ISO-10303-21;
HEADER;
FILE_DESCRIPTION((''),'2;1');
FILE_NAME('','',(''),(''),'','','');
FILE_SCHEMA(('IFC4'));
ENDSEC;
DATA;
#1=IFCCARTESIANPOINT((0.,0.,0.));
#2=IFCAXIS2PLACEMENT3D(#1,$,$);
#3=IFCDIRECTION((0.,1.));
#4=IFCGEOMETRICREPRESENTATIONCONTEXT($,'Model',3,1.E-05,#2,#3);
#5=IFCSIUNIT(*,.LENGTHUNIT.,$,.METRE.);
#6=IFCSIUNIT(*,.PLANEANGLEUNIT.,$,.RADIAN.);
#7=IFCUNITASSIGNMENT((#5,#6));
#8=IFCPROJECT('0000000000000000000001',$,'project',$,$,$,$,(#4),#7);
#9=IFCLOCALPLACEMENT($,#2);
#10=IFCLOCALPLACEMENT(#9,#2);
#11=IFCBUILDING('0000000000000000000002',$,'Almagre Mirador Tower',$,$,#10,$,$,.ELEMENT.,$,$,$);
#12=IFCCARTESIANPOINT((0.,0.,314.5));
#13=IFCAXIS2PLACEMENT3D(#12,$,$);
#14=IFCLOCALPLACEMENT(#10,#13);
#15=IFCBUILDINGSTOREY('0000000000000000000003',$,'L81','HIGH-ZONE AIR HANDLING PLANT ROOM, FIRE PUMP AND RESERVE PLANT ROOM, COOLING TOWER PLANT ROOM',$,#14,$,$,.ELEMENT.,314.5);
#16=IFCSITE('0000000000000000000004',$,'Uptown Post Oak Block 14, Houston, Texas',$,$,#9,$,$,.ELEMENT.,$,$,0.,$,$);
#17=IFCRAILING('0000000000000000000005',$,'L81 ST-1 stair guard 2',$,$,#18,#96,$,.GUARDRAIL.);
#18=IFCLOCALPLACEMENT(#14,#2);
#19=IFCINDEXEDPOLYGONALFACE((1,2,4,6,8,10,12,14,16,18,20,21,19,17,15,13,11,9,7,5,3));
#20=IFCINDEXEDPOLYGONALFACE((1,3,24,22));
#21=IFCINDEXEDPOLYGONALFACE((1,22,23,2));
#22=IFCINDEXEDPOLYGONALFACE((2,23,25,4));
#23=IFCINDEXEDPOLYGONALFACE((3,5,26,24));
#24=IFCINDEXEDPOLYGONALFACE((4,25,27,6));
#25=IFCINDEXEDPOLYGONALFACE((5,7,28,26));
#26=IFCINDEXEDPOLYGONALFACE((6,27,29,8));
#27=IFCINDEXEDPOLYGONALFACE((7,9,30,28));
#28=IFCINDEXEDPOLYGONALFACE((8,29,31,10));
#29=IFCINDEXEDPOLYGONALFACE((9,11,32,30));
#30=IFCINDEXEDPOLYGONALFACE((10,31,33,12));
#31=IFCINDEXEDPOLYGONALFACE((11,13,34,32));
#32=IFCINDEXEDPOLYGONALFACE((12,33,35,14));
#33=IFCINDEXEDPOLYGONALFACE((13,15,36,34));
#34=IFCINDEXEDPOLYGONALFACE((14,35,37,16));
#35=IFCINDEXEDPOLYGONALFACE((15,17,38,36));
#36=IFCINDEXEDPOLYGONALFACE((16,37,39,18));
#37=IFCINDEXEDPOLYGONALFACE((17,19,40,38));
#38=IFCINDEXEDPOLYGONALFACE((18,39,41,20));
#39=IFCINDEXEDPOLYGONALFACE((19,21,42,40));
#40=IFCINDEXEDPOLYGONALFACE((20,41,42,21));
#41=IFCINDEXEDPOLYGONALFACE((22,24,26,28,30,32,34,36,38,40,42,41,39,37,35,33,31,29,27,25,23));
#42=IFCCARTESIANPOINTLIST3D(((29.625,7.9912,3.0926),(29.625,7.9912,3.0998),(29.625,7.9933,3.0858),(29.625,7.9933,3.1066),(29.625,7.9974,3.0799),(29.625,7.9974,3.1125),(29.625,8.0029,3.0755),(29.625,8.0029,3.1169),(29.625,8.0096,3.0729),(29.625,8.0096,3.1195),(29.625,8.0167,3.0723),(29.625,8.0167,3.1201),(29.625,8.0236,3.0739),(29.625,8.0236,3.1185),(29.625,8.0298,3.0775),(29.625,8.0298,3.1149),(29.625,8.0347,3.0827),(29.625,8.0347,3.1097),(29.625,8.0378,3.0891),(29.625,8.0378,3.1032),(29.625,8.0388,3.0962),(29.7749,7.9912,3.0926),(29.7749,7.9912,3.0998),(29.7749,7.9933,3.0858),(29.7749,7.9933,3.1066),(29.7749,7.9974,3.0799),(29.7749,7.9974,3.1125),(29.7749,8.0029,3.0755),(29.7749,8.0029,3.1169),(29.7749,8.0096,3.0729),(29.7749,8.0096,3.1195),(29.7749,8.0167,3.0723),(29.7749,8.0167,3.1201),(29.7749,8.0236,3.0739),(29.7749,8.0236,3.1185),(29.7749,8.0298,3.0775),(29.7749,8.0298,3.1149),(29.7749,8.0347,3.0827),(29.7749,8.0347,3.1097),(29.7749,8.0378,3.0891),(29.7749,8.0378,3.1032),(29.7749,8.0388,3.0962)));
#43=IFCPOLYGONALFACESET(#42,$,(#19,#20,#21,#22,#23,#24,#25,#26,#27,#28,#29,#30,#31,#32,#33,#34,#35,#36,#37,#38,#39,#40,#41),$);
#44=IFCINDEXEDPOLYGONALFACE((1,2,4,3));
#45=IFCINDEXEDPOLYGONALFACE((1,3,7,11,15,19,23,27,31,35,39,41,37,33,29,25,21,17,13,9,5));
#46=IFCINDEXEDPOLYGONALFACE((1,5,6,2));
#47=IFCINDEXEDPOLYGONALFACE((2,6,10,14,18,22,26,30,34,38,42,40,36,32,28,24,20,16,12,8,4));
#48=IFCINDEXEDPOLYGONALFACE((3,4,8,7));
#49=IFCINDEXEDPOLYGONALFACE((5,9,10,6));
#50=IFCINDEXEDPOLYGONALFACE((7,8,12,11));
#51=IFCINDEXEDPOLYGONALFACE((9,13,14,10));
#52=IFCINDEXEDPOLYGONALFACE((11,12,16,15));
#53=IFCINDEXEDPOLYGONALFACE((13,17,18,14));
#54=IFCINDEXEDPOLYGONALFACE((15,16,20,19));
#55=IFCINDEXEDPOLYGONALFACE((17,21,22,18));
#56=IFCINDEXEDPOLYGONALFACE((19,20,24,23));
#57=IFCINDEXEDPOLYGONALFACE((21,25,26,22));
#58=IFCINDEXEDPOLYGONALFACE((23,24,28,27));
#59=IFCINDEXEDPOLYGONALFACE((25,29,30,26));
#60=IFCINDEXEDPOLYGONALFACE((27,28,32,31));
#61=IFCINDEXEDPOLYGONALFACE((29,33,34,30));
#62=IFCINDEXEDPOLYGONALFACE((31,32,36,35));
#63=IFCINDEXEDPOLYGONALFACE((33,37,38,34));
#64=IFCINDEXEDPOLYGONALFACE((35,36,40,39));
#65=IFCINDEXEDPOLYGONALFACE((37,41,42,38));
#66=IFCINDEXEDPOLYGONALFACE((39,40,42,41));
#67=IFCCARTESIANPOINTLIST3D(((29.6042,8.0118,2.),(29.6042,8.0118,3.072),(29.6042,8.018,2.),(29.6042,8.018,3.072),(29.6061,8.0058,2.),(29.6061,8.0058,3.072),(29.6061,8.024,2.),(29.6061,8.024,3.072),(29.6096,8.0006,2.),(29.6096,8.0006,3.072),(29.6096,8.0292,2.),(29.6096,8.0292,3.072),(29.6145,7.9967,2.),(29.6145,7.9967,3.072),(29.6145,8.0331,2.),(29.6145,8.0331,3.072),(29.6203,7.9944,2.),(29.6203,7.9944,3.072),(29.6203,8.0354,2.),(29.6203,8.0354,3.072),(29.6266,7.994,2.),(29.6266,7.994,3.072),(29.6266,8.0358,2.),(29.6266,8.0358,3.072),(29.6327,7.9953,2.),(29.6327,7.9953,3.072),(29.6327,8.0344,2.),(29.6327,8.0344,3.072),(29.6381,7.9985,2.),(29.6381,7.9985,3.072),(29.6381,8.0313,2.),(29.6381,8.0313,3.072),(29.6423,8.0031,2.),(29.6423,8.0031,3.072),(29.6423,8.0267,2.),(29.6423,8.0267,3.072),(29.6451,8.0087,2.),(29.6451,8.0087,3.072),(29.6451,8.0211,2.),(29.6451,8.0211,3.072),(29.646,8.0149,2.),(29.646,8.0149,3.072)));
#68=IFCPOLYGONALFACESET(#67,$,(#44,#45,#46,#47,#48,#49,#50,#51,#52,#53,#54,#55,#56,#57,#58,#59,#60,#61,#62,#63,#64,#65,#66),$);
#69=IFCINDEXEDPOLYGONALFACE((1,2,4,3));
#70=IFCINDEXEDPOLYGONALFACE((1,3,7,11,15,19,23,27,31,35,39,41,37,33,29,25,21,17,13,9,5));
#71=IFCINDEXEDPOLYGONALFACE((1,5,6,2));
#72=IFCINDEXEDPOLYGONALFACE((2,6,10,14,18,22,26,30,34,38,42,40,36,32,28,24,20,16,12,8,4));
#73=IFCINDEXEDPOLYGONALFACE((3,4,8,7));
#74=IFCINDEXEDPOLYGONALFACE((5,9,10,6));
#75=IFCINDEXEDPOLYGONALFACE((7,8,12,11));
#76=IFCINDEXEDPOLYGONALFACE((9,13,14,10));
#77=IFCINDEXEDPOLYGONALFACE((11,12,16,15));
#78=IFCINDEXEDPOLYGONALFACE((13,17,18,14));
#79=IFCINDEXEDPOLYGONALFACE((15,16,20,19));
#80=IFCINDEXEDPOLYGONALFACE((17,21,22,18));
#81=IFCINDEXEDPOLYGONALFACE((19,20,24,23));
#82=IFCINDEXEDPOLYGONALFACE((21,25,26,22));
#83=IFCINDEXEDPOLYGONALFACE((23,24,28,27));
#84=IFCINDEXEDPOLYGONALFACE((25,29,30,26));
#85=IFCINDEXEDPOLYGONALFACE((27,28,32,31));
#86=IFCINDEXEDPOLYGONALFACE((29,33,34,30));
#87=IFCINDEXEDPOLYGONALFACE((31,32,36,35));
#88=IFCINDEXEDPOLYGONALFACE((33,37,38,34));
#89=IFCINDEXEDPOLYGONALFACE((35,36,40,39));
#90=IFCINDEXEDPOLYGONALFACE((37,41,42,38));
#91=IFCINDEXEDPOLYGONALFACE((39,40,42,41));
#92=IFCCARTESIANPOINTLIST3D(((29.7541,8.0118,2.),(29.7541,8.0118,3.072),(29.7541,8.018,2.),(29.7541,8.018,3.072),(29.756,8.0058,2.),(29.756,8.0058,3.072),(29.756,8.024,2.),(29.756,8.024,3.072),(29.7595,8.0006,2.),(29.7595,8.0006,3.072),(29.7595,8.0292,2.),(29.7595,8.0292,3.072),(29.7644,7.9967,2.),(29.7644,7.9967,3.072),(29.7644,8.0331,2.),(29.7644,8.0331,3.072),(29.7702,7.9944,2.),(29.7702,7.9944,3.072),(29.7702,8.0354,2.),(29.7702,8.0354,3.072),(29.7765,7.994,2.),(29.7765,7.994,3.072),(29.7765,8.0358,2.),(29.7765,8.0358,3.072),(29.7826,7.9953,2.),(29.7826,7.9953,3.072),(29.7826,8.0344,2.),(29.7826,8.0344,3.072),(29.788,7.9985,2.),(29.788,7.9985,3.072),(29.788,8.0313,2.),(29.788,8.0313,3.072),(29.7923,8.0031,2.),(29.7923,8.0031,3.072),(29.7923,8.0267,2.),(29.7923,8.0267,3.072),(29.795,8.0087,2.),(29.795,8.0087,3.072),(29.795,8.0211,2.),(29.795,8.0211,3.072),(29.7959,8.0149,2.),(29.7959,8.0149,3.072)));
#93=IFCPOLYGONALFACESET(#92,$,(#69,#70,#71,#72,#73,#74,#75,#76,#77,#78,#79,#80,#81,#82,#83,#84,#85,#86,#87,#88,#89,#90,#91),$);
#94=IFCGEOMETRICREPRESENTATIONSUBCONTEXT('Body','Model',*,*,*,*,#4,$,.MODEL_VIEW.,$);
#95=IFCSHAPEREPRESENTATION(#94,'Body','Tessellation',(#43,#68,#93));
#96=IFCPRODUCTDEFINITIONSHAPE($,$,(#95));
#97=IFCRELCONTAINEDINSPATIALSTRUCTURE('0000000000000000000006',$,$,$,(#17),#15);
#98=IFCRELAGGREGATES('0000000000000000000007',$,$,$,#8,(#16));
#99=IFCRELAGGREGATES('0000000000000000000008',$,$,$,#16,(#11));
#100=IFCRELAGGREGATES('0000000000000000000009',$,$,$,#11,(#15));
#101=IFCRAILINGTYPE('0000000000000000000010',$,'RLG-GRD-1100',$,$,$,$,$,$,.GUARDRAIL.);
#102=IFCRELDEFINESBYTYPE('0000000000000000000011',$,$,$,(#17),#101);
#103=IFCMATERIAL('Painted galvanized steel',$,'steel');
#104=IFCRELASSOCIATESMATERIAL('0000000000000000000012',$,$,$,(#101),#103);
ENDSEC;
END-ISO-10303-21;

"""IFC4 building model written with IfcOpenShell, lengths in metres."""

from ifc_helpers import new_model, si_unit, direction, frame, origin, origin_2d, place, context, subcontext, project, spatial, circle, extrude, material, type_object, element, save


model = new_model("IFC4")

# Units and contexts
model_context = context("Model", 3, precision=1e-05, world=origin(), true_north=direction((0.0, 1.0)))
body_context = subcontext(model_context, "Body", "Model", "MODEL_VIEW")
ifc_project = project(units=[si_unit("LENGTHUNIT", "METRE"), si_unit("PLANEANGLEUNIT", "RADIAN")], contexts=[model_context])

# Site, building, storey
site_placement = place(None, origin())
site = spatial("IfcSite", under=ifc_project, at=site_placement, Name="Uptown Post Oak Block 14, Houston, Texas", CompositionType="ELEMENT", RefElevation=0.0)
building_placement = place(site_placement, origin())
building = spatial("IfcBuilding", under=site, at=building_placement, Name="Almagre Mirador Tower", CompositionType="ELEMENT")
storey_placement = place(building_placement, frame((0.0, 0.0, 314.5)))
storey = spatial("IfcBuildingStorey", under=building, at=storey_placement, Name="L81", Description="HIGH-ZONE AIR HANDLING PLANT ROOM, FIRE PUMP AND RESERVE PLANT ROOM, COOLING TOWER PLANT ROOM", CompositionType="ELEMENT", Elevation=314.5)

# Railing
ifc_material_1 = material(Name="Painted galvanized steel", Category="steel")
railing_type_1 = type_object("IfcRailingType", Name="RLG-GRD-1100", PredefinedType="GUARDRAIL", material=ifc_material_1)
railing_1_placement = place(storey_placement, frame((29.625, 8.0149, 2.0)))
element("IfcRailing", 1, at=railing_1_placement, inside=storey, type_object=railing_type_1, Name="L81 ST-1 stair guard 2", PredefinedType="GUARDRAIL", context=body_context, shape_type="SweptSolid", body=[
    extrude(circle(Radius=0.0239, at=origin_2d()), frame((0.0, 0.0, 1.0962), z_axis=(1.0, 0.0, 0.0), x_axis=(0.0, 1.0, 0.0)), (0.0, 0.0, 1.0), 0.1499),
    extrude(circle(Radius=0.021, at=origin_2d()), origin(), (0.0, 0.0, 1.0), 1.072),
    extrude(circle(Radius=0.021, at=origin_2d()), frame((0.1499, 0.0, 0.0)), (0.0, 0.0, 1.0), 1.072),
])

save(model, "model.ifc")
